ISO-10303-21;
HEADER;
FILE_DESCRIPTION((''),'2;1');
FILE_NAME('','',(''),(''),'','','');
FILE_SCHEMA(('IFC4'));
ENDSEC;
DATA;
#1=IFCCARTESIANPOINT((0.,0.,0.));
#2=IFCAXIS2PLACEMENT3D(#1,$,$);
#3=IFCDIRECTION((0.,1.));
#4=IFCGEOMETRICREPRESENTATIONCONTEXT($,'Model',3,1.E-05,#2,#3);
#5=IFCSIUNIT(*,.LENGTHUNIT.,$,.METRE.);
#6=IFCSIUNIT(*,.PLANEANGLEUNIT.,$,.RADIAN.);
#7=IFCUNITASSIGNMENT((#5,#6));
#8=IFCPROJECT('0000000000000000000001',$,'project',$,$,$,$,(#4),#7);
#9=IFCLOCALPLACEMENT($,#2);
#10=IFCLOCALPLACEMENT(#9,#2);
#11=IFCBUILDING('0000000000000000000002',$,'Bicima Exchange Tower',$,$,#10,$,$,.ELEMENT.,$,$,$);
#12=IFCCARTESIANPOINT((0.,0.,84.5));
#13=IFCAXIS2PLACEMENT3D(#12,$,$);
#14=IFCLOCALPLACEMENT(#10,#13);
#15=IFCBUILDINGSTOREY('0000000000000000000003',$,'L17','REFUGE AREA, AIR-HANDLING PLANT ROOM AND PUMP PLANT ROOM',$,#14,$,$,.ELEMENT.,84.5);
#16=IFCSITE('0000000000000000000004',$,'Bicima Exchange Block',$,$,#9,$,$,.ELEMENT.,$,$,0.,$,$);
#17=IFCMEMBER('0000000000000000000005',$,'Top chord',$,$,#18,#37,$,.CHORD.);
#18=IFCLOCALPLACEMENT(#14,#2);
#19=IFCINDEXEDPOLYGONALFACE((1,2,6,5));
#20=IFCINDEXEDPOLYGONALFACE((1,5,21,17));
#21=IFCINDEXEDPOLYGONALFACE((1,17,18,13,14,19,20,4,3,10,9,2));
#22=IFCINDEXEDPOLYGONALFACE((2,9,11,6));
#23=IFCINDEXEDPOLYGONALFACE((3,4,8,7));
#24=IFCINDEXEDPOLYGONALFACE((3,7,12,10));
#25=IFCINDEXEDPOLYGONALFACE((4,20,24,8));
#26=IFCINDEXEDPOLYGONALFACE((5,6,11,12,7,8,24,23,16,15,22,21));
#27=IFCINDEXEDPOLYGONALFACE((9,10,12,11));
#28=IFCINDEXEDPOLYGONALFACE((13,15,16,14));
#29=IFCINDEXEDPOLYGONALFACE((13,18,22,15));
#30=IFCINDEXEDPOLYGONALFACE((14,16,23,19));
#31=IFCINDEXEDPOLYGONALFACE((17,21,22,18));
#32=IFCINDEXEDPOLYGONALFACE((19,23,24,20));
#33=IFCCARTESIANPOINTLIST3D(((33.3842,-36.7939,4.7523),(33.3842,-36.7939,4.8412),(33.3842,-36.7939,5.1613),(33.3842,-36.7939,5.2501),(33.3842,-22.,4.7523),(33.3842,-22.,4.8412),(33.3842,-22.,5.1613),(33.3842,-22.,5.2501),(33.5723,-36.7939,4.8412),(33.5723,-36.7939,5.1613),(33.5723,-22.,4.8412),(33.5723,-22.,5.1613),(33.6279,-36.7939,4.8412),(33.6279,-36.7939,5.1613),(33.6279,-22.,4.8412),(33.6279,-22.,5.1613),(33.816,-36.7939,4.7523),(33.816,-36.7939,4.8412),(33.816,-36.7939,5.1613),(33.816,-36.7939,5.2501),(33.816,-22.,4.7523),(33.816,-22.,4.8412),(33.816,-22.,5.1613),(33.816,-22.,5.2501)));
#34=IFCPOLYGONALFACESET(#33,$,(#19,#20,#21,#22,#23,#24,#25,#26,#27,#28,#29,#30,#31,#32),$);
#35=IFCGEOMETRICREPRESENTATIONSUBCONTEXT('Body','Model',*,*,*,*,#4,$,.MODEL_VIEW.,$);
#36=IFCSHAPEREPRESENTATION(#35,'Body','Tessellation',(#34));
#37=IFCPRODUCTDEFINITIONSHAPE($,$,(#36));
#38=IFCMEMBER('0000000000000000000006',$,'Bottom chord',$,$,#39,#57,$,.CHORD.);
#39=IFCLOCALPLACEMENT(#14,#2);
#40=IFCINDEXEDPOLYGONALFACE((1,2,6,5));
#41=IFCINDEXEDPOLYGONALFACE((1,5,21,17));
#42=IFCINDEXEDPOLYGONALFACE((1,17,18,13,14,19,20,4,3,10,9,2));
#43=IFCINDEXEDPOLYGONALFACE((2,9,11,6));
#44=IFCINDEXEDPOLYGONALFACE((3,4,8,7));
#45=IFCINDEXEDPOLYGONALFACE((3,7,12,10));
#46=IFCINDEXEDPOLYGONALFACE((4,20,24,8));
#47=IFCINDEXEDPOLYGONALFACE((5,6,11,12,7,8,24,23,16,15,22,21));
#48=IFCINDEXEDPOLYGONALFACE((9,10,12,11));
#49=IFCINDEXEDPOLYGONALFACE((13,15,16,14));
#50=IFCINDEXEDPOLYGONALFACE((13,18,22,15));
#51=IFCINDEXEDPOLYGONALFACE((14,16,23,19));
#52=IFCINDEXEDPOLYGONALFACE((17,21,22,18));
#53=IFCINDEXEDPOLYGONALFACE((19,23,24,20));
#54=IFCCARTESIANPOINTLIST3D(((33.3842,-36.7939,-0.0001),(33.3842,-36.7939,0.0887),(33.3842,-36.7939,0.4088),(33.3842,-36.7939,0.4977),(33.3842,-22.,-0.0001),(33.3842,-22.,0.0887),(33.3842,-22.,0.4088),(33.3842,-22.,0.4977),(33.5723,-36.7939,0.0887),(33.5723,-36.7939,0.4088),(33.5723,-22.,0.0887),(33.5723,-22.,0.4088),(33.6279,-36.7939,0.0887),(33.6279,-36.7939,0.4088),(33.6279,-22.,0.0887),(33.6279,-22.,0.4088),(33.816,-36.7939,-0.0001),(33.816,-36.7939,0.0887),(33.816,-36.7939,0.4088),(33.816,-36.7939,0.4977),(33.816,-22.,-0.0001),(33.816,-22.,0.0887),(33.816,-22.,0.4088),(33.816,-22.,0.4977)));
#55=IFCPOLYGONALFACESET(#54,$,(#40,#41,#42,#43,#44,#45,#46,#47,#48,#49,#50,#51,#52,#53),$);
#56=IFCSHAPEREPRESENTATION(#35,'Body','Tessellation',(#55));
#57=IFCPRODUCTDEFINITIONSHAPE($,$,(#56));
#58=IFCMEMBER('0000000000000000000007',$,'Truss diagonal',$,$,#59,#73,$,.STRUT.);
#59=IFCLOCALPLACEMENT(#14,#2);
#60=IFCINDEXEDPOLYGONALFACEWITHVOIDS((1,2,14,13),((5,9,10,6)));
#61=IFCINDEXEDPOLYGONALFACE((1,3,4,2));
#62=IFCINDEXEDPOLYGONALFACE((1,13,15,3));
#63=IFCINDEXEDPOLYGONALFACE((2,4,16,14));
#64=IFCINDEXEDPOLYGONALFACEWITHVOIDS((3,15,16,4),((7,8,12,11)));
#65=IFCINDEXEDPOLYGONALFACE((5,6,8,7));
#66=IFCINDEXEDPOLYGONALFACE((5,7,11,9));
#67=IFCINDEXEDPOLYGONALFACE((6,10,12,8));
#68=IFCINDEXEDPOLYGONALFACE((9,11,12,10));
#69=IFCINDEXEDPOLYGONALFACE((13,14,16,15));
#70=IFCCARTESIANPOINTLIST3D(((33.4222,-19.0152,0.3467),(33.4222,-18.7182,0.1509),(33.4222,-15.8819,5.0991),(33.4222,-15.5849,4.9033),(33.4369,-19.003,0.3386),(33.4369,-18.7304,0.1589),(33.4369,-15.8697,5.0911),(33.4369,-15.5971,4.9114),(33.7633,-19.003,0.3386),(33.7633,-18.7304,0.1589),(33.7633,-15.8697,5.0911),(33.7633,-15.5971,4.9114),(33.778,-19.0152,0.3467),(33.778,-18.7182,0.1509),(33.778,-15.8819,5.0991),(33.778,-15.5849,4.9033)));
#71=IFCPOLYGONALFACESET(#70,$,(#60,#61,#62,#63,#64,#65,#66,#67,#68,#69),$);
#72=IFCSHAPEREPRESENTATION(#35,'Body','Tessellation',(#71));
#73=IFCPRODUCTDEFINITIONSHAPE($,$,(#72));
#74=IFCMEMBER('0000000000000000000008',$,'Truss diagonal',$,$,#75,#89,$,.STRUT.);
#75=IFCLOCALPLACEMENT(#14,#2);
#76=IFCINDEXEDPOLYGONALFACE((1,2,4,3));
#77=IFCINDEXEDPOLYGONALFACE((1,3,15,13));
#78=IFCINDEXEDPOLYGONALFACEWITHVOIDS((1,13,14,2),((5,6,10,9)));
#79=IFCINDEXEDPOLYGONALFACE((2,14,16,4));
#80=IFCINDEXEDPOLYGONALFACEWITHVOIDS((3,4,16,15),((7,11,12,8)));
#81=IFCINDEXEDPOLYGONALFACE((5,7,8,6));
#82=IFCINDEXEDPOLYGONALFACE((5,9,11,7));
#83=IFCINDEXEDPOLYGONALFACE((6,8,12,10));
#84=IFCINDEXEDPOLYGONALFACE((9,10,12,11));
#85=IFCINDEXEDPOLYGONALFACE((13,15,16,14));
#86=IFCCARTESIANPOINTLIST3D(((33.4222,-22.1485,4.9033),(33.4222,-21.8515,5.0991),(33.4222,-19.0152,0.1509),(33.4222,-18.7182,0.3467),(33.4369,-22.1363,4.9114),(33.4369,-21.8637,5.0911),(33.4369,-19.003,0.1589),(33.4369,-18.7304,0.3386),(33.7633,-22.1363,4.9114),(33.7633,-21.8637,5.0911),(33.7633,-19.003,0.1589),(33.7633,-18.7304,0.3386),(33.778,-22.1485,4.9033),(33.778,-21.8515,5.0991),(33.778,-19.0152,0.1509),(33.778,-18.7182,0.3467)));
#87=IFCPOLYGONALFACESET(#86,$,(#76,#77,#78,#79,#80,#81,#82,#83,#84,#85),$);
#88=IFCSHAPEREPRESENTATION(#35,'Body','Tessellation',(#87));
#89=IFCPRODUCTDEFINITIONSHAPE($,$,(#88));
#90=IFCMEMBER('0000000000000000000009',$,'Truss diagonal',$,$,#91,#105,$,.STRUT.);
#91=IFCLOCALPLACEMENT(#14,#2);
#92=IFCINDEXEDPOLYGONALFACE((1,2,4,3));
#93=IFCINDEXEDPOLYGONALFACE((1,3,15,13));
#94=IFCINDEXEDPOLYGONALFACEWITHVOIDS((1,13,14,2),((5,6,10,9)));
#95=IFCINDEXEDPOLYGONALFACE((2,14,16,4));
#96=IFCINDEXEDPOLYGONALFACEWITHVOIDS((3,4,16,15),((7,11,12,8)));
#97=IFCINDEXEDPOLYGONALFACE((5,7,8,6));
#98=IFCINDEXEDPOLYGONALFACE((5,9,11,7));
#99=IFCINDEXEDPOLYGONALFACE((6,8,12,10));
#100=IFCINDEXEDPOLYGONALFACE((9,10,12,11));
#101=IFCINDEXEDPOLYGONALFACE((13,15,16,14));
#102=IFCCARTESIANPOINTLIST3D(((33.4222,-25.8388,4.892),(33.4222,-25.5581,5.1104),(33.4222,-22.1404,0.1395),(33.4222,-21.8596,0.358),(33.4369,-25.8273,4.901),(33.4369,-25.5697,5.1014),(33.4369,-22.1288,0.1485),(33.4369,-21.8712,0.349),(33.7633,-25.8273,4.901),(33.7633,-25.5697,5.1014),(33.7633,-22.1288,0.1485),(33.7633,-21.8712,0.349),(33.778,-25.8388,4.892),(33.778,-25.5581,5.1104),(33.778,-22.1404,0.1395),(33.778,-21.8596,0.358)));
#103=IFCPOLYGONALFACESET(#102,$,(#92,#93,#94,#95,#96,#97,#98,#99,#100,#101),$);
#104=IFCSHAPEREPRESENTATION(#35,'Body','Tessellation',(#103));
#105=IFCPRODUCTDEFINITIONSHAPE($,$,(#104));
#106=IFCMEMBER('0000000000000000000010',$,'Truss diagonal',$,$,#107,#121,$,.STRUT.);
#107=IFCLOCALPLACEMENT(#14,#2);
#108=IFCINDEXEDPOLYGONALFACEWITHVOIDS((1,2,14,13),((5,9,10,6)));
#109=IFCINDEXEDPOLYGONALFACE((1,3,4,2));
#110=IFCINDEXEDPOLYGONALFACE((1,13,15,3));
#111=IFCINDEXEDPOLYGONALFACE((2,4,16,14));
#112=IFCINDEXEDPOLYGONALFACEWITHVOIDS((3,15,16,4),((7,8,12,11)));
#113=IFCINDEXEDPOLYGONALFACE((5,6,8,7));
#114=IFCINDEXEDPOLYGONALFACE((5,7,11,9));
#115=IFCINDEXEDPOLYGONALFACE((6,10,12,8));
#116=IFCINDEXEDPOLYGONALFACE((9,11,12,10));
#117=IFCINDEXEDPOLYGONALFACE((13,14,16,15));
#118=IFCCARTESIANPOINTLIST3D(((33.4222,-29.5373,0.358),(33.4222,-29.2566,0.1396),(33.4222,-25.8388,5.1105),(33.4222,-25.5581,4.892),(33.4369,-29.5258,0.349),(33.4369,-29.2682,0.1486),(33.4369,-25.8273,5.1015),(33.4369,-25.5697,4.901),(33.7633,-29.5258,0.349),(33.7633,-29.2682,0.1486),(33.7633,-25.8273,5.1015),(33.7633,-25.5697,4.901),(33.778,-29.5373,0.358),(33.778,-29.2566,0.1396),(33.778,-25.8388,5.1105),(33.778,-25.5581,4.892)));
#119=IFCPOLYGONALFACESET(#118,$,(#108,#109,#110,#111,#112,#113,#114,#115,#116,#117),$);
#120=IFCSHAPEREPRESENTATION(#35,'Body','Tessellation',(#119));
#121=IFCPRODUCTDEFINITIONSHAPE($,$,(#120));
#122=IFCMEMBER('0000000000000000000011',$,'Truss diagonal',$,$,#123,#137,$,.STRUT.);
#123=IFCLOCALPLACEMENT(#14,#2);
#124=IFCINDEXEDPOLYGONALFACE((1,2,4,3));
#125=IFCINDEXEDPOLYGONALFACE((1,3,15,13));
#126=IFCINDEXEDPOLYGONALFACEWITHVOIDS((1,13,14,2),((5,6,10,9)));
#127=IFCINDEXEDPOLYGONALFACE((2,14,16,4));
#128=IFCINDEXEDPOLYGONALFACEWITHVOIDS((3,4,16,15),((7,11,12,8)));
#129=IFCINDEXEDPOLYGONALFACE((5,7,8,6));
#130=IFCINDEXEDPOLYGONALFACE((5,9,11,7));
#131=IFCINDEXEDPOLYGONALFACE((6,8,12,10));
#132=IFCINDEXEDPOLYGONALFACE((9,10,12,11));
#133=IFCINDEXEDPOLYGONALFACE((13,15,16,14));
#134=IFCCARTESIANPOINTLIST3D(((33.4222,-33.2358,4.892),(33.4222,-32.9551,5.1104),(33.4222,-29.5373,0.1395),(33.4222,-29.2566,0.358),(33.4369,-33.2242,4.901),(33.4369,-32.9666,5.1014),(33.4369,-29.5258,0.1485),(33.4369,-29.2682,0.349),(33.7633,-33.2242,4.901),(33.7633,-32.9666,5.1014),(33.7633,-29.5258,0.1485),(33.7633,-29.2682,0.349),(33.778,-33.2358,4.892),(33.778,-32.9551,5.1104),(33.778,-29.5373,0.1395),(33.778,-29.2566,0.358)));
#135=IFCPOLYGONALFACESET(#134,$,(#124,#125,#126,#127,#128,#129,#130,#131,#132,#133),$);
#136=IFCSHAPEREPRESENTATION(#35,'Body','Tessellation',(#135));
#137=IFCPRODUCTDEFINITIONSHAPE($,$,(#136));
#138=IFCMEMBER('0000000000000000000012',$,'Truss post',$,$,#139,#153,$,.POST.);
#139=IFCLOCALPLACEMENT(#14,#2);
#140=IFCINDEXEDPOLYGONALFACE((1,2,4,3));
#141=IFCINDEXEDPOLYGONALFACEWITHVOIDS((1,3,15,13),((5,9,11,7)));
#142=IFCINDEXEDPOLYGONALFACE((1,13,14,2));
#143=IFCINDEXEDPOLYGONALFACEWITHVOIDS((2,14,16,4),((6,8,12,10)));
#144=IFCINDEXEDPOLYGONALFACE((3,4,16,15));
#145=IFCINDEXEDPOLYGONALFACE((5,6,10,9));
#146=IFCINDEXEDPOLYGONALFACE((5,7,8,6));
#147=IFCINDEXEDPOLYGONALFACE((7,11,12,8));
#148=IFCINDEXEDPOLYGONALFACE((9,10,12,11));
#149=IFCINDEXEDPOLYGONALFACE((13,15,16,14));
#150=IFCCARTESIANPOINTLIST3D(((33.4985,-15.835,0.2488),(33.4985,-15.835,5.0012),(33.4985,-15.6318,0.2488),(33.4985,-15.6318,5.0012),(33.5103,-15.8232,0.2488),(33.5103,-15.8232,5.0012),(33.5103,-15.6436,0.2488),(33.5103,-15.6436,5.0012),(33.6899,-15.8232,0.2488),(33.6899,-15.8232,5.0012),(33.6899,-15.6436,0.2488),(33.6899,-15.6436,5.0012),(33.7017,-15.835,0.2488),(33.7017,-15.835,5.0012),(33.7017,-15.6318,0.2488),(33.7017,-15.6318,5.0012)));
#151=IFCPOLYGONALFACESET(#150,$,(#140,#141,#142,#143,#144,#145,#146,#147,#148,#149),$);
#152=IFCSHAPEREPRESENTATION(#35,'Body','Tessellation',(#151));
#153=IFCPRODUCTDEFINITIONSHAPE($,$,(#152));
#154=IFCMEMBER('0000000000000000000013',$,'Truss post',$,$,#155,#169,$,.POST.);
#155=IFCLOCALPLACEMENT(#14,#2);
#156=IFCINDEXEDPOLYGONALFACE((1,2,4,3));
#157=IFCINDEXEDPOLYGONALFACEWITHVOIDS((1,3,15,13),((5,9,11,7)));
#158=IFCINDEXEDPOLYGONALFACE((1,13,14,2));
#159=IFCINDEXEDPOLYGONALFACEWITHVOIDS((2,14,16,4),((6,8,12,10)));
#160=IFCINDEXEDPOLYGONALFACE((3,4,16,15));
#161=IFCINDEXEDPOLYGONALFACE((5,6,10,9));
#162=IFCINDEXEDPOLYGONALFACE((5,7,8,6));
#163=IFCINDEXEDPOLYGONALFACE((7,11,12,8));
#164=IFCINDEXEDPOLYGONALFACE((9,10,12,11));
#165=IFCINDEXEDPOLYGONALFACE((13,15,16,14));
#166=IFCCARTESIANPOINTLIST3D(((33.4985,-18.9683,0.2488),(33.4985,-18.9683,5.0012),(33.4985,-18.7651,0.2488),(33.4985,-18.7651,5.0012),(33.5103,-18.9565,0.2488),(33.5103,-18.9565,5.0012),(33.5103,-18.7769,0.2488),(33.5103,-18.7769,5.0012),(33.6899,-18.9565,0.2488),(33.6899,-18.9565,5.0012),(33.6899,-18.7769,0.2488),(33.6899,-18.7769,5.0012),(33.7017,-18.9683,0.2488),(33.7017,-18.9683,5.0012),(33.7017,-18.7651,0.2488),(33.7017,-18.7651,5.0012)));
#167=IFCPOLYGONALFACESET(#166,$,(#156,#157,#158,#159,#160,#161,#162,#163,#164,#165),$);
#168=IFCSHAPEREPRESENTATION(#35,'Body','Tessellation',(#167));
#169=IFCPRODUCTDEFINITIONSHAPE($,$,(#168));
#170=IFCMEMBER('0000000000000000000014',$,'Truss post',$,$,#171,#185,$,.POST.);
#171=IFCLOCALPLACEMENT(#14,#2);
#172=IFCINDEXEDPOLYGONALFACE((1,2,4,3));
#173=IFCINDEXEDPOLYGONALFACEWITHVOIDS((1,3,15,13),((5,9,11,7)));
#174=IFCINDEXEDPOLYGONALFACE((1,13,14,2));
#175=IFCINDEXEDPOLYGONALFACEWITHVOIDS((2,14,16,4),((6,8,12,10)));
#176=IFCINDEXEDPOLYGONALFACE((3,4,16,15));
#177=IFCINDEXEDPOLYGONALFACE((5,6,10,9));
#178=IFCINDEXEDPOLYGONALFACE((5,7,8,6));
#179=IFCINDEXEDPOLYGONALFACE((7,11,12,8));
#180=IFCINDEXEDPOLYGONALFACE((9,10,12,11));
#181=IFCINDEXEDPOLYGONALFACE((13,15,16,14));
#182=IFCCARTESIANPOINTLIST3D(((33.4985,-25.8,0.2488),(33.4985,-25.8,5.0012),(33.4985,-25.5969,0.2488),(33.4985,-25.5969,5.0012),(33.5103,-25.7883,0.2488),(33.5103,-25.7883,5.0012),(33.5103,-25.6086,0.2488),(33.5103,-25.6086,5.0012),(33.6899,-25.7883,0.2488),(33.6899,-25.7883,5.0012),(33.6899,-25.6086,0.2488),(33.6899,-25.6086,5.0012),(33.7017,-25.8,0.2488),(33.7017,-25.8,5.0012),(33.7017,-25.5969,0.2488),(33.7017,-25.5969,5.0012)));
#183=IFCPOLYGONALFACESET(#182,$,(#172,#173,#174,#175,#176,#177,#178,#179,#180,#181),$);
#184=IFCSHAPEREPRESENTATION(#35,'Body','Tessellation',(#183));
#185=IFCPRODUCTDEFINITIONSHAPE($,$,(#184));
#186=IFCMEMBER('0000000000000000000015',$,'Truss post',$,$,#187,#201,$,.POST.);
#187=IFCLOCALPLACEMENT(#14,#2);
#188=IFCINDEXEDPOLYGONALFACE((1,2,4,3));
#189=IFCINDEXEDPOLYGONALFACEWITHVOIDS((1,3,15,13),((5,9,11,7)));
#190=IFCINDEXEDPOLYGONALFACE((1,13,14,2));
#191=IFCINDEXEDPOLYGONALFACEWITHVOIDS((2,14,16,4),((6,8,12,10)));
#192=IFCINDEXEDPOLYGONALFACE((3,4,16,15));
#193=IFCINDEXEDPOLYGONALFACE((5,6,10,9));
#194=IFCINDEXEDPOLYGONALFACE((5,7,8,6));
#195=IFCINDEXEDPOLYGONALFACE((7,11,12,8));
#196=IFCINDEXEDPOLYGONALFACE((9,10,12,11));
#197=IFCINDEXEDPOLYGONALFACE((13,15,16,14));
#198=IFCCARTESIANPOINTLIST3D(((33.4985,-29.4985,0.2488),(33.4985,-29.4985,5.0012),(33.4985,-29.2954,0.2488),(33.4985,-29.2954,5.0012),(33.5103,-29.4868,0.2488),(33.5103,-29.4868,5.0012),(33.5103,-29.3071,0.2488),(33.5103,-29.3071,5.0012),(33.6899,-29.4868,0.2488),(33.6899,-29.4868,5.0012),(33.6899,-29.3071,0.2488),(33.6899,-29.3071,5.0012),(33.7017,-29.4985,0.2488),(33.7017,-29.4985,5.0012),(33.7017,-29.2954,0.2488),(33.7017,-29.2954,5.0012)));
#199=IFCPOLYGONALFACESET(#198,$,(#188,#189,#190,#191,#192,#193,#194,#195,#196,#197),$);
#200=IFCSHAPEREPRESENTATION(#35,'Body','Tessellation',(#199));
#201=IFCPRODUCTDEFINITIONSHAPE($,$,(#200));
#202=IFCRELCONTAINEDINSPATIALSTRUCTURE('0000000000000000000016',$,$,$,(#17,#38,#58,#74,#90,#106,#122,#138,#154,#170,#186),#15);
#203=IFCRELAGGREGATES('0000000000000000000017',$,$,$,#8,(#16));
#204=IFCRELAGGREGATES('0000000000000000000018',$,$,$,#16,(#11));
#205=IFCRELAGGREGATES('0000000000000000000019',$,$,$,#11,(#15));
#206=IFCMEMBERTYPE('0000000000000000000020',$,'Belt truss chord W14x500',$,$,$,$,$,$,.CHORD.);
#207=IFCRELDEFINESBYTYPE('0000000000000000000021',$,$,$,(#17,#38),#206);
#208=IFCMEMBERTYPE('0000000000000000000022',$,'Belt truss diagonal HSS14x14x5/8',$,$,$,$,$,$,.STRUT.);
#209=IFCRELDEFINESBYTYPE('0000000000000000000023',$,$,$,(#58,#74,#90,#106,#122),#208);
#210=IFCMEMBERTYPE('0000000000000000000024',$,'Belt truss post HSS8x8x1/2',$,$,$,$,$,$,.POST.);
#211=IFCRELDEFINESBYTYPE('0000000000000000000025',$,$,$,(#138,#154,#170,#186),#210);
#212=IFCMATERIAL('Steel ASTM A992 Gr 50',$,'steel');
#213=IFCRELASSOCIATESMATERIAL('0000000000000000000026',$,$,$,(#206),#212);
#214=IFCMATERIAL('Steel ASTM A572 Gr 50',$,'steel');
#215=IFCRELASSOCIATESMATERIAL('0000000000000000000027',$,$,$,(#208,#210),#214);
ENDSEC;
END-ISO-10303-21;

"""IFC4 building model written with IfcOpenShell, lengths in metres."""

from ifc_helpers import new_model, si_unit, direction, frame, origin, origin_2d, place, context, subcontext, project, spatial, hollow_rectangle, i_section, extrude, material, material_profile, profile_set, type_object, element, save


model = new_model("IFC4")

# Units and contexts
model_context = context("Model", 3, precision=1e-05, world=origin(), true_north=direction((0.0, 1.0)))
body_context = subcontext(model_context, "Body", "Model", "MODEL_VIEW")
ifc_project = project(units=[si_unit("LENGTHUNIT", "METRE"), si_unit("PLANEANGLEUNIT", "RADIAN")], contexts=[model_context])

# Site, building, storey
site_placement = place(None, origin())
site = spatial("IfcSite", under=ifc_project, at=site_placement, Name="Bicima Exchange Block", CompositionType="ELEMENT", RefElevation=0.0)
building_placement = place(site_placement, origin())
building = spatial("IfcBuilding", under=site, at=building_placement, Name="Bicima Exchange Tower", CompositionType="ELEMENT")
storey_placement = place(building_placement, frame((0.0, 0.0, 84.5)))
storey = spatial("IfcBuildingStorey", under=building, at=storey_placement, Name="L17", Description="REFUGE AREA, AIR-HANDLING PLANT ROOM AND PUMP PLANT ROOM", CompositionType="ELEMENT", Elevation=84.5)

# Shared definitions
ifc_material_1 = material(Name="Steel ASTM A992 Gr 50", Category="steel")

# Shared definitions
ifc_material_2 = material(Name="Steel ASTM A572 Gr 50", Category="steel")

# Members
ifc_material_profile_1 = material_profile(ifc_material_1, i_section(OverallWidth=0.4319, OverallDepth=0.4978, WebThickness=0.0557, FlangeThickness=0.0889, at=origin_2d()))
ifc_profile_set_1 = profile_set([ifc_material_profile_1], Name="Steel ASTM A992 Gr 50")
member_type_1 = type_object("IfcMemberType", Name="Belt truss chord W14x500", PredefinedType="CHORD", material=ifc_profile_set_1)
for number, where, z_axis, x_axis, name in (
    (1, (33.6001, -22.0, 5.0012), (0.0, -1.0, 0.0), (1.0, 0.0, 0.0), "Top chord"),
    (2, (33.6001, -22.0, 0.2488), (0.0, -1.0, 0.0), (1.0, 0.0, 0.0), "Bottom chord"),
):
    element("IfcMember", number, at=place(storey_placement, frame(where, z_axis=z_axis, x_axis=x_axis)), inside=storey, type_object=member_type_1, Name=name, PredefinedType="CHORD", context=body_context, shape_type="SweptSolid", body=[
        extrude(i_section(OverallWidth=0.4319, OverallDepth=0.4978, WebThickness=0.0557, FlangeThickness=0.0889, at=origin_2d()), origin(), (0.0, 0.0, 1.0), 14.7939),
    ])
ifc_material_profile_2 = material_profile(ifc_material_2, hollow_rectangle(XDim=0.3557, YDim=0.3557, WallThickness=0.0146, at=origin_2d()))
ifc_profile_set_2 = profile_set([ifc_material_profile_2], Name="Steel ASTM A572 Gr 50")
member_type_2 = type_object("IfcMemberType", Name="Belt truss diagonal HSS14x14x5/8", PredefinedType="STRUT", material=ifc_profile_set_2)
for number, where, z_axis, x_axis, name in (
    (3, (33.6001, -15.7334, 5.0012), (0.0, -0.550437, -0.834877), (1.0, 0.0, 0.0), "Truss diagonal"),
    (4, (33.6001, -18.8667, 0.2488), (0.0, -0.550437, 0.834877), (1.0, 0.0, 0.0), "Truss diagonal"),
):
    element("IfcMember", number, at=place(storey_placement, frame(where, z_axis=z_axis, x_axis=x_axis)), inside=storey, type_object=member_type_2, Name=name, PredefinedType="STRUT", context=body_context, shape_type="SweptSolid", body=[
        extrude(hollow_rectangle(XDim=0.3557, YDim=0.3557, WallThickness=0.0146, at=origin_2d()), origin(), (0.0, 0.0, 1.0), 5.6924),
    ])
for number, where, z_axis, x_axis, name in (
    (5, (33.6001, -22.0, 0.2488), (0.0, -0.614162, 0.78918), (1.0, 0.0, 0.0), "Truss diagonal"),
    (6, (33.6001, -25.6985, 5.0012), (0.0, -0.614162, -0.78918), (1.0, 0.0, 0.0), "Truss diagonal"),
    (7, (33.6001, -29.397, 0.2488), (0.0, -0.614162, 0.78918), (1.0, 0.0, 0.0), "Truss diagonal"),
):
    element("IfcMember", number, at=place(storey_placement, frame(where, z_axis=z_axis, x_axis=x_axis)), inside=storey, type_object=member_type_2, Name=name, PredefinedType="STRUT", context=body_context, shape_type="SweptSolid", body=[
        extrude(hollow_rectangle(XDim=0.3557, YDim=0.3557, WallThickness=0.0146, at=origin_2d()), origin(), (0.0, 0.0, 1.0), 6.022),
    ])
ifc_material_profile_3 = material_profile(ifc_material_2, hollow_rectangle(XDim=0.2031, YDim=0.2031, WallThickness=0.0117, at=origin_2d()))
ifc_profile_set_3 = profile_set([ifc_material_profile_3], Name="Steel ASTM A572 Gr 50")
member_type_3 = type_object("IfcMemberType", Name="Belt truss post HSS8x8x1/2", PredefinedType="POST", material=ifc_profile_set_3)
for number, where, z_axis, x_axis, name in (
    (8, (33.6001, -15.7334, 0.2488), (0.0, 0.0, 1.0), (1.0, 0.0, 0.0), "Truss post"),
    (9, (33.6001, -18.8667, 0.2488), (0.0, 0.0, 1.0), (1.0, 0.0, 0.0), "Truss post"),
    (10, (33.6001, -25.6985, 0.2488), (0.0, 0.0, 1.0), (1.0, 0.0, 0.0), "Truss post"),
    (11, (33.6001, -29.397, 0.2488), (0.0, 0.0, 1.0), (1.0, 0.0, 0.0), "Truss post"),
):
    element("IfcMember", number, at=place(storey_placement, frame(where, z_axis=z_axis, x_axis=x_axis)), inside=storey, type_object=member_type_3, Name=name, PredefinedType="POST", context=body_context, shape_type="SweptSolid", body=[
        extrude(hollow_rectangle(XDim=0.2031, YDim=0.2031, WallThickness=0.0117, at=origin_2d()), origin(), (0.0, 0.0, 1.0), 4.7524),
    ])

save(model, "model.ifc")
